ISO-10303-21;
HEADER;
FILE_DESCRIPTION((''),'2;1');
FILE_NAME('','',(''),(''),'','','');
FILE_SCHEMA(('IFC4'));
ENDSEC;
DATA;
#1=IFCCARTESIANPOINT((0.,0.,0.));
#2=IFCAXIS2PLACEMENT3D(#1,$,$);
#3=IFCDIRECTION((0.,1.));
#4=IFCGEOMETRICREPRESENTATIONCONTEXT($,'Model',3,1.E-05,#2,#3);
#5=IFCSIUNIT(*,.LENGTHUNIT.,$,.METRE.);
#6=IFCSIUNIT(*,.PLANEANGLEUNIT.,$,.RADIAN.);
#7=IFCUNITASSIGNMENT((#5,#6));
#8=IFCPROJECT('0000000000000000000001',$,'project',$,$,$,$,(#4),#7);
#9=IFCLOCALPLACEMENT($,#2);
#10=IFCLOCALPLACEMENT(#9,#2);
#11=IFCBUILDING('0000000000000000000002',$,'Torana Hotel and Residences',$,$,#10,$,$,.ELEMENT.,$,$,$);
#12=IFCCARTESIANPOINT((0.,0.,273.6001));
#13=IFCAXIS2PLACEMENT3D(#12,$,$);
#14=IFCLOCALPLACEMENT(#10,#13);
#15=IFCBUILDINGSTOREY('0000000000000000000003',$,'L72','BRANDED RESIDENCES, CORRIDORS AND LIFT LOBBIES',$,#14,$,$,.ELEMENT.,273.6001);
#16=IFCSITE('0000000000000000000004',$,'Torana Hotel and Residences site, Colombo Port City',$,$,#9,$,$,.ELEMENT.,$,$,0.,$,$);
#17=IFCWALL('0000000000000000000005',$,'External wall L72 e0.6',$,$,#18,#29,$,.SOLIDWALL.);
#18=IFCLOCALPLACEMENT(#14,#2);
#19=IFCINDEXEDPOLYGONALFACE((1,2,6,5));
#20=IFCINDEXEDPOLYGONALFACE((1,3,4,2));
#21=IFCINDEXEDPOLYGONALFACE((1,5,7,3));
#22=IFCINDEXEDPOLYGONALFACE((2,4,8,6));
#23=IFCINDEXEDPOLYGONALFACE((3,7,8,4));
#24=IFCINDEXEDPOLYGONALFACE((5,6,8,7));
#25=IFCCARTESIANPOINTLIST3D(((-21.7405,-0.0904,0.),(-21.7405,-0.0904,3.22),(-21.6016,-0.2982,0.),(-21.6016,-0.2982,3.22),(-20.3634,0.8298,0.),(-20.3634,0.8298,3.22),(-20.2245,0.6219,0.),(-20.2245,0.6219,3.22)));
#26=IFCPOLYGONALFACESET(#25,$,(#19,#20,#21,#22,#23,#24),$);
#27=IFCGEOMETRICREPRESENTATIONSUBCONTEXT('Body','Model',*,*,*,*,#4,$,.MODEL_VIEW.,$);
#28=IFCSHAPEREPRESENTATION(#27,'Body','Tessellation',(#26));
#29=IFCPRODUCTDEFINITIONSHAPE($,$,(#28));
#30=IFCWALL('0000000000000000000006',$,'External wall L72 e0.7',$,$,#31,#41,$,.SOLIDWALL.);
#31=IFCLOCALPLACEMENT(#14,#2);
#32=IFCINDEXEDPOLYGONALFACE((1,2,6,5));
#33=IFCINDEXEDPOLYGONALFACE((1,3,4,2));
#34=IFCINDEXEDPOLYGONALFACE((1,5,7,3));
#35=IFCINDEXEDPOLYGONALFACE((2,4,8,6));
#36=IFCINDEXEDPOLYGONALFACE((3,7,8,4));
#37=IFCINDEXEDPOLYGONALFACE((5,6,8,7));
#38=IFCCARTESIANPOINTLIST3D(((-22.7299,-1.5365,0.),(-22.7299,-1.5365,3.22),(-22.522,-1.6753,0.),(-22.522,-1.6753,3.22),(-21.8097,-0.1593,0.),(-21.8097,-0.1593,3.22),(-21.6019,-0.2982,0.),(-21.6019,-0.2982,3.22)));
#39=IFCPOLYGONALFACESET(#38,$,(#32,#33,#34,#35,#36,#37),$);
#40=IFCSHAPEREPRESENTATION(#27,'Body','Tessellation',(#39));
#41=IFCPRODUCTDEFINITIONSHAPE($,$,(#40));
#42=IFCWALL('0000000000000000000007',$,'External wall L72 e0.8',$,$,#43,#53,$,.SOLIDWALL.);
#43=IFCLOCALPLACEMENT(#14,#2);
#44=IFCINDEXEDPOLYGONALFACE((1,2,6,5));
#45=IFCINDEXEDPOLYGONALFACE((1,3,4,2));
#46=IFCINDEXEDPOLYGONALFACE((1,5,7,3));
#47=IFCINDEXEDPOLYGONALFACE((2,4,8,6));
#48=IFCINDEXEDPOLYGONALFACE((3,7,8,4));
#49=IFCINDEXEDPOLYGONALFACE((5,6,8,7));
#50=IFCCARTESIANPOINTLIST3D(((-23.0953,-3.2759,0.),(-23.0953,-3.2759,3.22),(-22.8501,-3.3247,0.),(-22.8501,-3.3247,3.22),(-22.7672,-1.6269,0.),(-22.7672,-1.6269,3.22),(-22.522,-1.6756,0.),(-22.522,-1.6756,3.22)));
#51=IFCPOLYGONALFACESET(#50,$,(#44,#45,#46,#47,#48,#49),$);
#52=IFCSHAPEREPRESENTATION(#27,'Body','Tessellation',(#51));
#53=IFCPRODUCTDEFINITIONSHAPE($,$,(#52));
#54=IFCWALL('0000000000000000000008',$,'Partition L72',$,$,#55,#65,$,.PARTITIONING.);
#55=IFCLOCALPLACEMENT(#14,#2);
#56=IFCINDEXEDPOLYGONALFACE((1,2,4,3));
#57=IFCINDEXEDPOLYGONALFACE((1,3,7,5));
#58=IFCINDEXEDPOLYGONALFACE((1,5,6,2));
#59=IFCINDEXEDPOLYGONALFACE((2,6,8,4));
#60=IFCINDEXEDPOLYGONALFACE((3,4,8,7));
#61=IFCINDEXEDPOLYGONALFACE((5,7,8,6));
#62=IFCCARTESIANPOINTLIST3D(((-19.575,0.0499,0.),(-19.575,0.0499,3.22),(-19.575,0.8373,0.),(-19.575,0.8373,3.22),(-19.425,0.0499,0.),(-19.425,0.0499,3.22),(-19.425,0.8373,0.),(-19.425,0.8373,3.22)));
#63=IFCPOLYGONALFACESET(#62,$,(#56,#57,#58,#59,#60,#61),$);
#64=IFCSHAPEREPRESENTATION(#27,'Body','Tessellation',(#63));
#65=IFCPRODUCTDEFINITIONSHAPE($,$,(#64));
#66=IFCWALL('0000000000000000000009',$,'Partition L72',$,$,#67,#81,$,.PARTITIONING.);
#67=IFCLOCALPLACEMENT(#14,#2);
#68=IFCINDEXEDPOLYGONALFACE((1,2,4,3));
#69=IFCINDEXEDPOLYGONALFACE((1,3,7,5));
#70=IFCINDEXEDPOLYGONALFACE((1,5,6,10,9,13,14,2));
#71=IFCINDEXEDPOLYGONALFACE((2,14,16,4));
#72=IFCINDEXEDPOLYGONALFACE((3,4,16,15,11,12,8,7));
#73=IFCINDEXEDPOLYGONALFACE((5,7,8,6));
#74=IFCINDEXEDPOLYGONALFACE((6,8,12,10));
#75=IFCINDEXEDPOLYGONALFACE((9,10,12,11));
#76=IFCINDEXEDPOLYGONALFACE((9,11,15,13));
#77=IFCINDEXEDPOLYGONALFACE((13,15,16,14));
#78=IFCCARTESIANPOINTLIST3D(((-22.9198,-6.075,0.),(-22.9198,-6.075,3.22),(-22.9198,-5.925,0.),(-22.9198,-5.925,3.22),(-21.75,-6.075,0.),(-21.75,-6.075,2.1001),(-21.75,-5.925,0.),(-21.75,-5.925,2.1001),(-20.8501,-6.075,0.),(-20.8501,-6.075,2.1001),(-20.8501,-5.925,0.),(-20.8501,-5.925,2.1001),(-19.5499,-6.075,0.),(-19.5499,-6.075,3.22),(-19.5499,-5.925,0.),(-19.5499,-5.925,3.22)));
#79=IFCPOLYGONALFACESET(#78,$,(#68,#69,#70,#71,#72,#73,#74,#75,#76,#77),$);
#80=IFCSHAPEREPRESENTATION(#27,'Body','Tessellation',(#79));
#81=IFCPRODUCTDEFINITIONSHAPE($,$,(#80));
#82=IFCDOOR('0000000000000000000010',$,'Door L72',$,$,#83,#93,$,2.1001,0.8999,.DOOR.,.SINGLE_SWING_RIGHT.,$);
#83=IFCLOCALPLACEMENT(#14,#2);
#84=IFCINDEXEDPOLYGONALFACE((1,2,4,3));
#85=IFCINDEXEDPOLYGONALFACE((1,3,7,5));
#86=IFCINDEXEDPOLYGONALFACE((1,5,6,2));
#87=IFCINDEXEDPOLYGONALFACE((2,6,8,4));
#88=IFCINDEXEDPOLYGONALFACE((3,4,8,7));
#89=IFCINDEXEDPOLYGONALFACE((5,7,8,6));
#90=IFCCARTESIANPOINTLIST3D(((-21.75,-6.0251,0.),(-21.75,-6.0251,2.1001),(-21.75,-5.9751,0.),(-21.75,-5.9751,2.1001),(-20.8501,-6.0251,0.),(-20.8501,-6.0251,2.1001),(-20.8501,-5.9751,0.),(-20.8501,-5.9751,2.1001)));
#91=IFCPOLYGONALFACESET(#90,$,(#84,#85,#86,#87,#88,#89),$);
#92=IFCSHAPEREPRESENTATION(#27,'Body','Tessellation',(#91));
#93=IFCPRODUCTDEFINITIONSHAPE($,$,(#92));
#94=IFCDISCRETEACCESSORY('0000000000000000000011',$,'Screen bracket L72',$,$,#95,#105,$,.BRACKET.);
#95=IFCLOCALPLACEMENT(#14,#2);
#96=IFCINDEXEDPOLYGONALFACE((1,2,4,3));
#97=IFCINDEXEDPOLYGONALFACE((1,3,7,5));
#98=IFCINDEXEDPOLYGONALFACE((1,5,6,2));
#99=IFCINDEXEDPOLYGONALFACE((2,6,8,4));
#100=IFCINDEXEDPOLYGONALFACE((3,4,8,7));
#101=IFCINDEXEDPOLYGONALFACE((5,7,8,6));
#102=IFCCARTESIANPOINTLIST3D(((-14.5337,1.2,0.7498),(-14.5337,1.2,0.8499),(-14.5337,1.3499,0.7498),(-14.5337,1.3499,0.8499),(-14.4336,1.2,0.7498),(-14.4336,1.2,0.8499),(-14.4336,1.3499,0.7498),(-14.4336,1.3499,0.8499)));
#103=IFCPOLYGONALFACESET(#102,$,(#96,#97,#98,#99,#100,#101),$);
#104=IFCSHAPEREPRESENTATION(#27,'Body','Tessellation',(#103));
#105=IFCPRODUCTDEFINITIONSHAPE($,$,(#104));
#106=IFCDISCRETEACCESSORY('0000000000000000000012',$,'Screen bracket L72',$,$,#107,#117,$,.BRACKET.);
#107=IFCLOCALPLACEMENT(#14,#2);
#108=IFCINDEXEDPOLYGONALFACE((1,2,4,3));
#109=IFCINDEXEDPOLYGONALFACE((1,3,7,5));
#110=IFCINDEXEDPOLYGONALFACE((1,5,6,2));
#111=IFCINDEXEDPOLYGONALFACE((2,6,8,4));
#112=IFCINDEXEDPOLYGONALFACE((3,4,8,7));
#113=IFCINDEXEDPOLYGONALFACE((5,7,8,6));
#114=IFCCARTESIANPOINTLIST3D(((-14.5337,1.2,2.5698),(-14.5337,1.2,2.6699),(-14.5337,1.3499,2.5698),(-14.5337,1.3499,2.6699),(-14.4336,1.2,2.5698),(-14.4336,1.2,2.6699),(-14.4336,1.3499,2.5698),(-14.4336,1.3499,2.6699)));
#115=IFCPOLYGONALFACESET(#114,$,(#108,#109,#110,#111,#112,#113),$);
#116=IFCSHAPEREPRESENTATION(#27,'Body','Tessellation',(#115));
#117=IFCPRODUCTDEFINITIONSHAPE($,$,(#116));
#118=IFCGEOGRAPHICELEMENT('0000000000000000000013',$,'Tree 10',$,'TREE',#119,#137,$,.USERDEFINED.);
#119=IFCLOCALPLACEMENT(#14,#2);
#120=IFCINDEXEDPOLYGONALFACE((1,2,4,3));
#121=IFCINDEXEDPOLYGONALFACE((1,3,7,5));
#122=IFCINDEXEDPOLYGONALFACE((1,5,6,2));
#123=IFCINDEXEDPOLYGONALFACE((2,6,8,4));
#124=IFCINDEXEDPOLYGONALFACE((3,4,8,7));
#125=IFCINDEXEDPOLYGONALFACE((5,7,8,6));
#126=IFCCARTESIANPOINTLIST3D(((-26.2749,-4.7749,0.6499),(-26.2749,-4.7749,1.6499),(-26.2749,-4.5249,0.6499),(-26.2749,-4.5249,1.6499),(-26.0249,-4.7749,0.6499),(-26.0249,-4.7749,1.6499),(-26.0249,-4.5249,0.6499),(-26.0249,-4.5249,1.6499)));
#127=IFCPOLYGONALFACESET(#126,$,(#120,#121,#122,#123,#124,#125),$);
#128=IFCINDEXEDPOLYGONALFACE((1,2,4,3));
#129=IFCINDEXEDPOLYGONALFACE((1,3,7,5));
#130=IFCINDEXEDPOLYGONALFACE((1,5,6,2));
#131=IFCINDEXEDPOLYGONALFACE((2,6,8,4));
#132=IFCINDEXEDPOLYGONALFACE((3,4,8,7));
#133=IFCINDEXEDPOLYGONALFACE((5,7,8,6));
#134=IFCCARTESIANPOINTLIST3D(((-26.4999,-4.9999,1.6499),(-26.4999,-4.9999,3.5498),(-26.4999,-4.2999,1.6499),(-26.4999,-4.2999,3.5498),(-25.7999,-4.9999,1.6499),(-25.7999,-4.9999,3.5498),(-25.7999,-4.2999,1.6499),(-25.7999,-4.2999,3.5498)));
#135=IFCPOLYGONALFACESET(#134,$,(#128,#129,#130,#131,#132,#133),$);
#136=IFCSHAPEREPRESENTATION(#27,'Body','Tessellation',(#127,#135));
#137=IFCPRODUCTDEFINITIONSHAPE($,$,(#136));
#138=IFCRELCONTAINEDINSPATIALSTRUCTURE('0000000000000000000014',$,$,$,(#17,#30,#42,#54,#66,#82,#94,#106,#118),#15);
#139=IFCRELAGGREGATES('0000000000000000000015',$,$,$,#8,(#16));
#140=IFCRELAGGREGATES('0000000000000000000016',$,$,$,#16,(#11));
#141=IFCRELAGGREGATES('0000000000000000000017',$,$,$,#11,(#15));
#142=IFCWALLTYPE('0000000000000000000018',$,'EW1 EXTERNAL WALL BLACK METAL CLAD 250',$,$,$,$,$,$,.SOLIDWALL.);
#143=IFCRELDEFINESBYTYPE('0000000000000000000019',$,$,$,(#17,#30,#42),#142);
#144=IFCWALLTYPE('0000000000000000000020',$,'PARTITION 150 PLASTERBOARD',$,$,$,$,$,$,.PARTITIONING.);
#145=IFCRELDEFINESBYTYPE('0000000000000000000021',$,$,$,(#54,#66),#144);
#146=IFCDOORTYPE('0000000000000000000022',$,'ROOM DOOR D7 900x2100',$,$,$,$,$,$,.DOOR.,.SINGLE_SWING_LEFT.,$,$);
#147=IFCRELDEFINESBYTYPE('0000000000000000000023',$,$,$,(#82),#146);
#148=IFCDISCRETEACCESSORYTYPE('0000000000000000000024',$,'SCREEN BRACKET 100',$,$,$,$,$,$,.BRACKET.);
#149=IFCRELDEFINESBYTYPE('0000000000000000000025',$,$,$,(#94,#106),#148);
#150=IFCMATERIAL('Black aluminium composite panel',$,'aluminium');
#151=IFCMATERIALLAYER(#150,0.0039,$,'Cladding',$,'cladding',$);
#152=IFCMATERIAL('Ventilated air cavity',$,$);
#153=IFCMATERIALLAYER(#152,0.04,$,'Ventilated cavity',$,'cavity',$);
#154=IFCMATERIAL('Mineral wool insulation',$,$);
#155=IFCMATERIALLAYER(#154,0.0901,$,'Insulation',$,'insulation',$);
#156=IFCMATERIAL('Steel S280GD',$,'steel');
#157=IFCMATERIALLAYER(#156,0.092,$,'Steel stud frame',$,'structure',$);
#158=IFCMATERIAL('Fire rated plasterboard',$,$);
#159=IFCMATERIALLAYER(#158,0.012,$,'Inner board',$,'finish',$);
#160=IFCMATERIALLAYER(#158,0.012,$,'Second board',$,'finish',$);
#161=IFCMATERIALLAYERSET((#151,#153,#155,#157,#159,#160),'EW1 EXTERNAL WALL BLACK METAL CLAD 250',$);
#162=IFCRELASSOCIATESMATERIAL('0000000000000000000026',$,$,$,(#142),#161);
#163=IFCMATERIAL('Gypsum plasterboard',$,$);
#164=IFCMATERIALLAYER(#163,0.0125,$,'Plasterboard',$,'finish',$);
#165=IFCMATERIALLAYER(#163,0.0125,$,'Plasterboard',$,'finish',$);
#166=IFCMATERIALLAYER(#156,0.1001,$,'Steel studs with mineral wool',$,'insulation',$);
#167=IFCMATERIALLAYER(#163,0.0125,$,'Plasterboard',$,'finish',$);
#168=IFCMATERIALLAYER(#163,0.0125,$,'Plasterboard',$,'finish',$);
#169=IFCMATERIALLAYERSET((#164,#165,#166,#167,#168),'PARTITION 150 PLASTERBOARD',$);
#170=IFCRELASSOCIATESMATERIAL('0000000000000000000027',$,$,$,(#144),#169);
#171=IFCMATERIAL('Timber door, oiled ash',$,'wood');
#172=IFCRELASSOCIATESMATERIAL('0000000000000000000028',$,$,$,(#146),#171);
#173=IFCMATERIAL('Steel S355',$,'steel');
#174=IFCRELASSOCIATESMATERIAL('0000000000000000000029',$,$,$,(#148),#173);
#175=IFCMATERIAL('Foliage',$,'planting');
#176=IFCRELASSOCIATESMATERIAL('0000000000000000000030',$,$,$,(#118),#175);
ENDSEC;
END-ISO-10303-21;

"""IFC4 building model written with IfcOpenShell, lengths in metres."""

from ifc_helpers import new_model, si_unit, direction, frame, frame_2d, origin, origin_2d, place, context, subcontext, project, spatial, rectangle, extrude, material, layer, layer_set, type_object, element, fill, save


model = new_model("IFC4")

# Units and contexts
model_context = context("Model", 3, precision=1e-05, world=origin(), true_north=direction((0.0, 1.0)))
body_context = subcontext(model_context, "Body", "Model", "MODEL_VIEW")
ifc_project = project(units=[si_unit("LENGTHUNIT", "METRE"), si_unit("PLANEANGLEUNIT", "RADIAN")], contexts=[model_context])

# Site, building, storey
site_placement = place(None, origin())
site = spatial("IfcSite", under=ifc_project, at=site_placement, Name="Torana Hotel and Residences site, Colombo Port City", CompositionType="ELEMENT", RefElevation=0.0)
building_placement = place(site_placement, origin())
building = spatial("IfcBuilding", under=site, at=building_placement, Name="Torana Hotel and Residences", CompositionType="ELEMENT")
storey_placement = place(building_placement, frame((0.0, 0.0, 273.6001)))
storey = spatial("IfcBuildingStorey", under=building, at=storey_placement, Name="L72", Description="BRANDED RESIDENCES, CORRIDORS AND LIFT LOBBIES", CompositionType="ELEMENT", Elevation=273.6001)

# Walls
ifc_material_1 = material(Name="Black aluminium composite panel", Category="aluminium")
ifc_layer_1 = layer(ifc_material_1, 0.0039, Name="Cladding", Category="cladding")
ifc_material_2 = material(Name="Ventilated air cavity")
ifc_layer_2 = layer(ifc_material_2, 0.04, Name="Ventilated cavity", Category="cavity")
ifc_material_3 = material(Name="Mineral wool insulation")
ifc_layer_3 = layer(ifc_material_3, 0.0901, Name="Insulation", Category="insulation")
ifc_material_4 = material(Name="Steel S280GD", Category="steel")
ifc_layer_4 = layer(ifc_material_4, 0.092, Name="Steel stud frame", Category="structure")
ifc_material_5 = material(Name="Fire rated plasterboard")
ifc_layer_5 = layer(ifc_material_5, 0.012, Name="Inner board", Category="finish")
ifc_layer_6 = layer(ifc_material_5, 0.012, Name="Second board", Category="finish")
ifc_layer_set_1 = layer_set([ifc_layer_1, ifc_layer_2, ifc_layer_3, ifc_layer_4, ifc_layer_5, ifc_layer_6], Name="EW1 EXTERNAL WALL BLACK METAL CLAD 250")
wall_type_1 = type_object("IfcWallType", Name="EW1 EXTERNAL WALL BLACK METAL CLAD 250", PredefinedType="SOLIDWALL", material=ifc_layer_set_1)
for number, where, z_axis, x_axis, name in (
    (1, (-20.2939, 0.7258, 0.0), (0.0, 0.0, 1.0), (-0.831483, -0.55555, 0.0), "External wall L72 e0.6"),
    (2, (-21.7058, -0.2288, 0.0), (0.0, 0.0, 1.0), (-0.55555, -0.831483, 0.0), "External wall L72 e0.7"),
):
    element("IfcWall", number, at=place(storey_placement, frame(where, z_axis=z_axis, x_axis=x_axis)), inside=storey, type_object=wall_type_1, Name=name, PredefinedType="SOLIDWALL", context=body_context, shape_type="SweptSolid", body=[
        extrude(rectangle(XDim=1.6562, YDim=0.25, at=frame_2d((0.8281, 0.0))), origin(), (0.0, 0.0, 1.0), 3.22),
    ])
wall_1_placement = place(storey_placement, frame((-22.6445, -1.6511, 0.0), z_axis=(0.0, 0.0, 1.0), x_axis=(-0.195139, -0.980776, 0.0)))
element("IfcWall", 3, at=wall_1_placement, inside=storey, type_object=wall_type_1, Name="External wall L72 e0.8", PredefinedType="SOLIDWALL", context=body_context, shape_type="SweptSolid", body=[
    extrude(rectangle(XDim=1.6814, YDim=0.25, at=frame_2d((0.8408, 0.0))), origin(), (0.0, 0.0, 1.0), 3.22),
])

# Wall
ifc_material_6 = material(Name="Gypsum plasterboard")
ifc_layer_7 = layer(ifc_material_6, 0.0125, Name="Plasterboard", Category="finish")
ifc_layer_8 = layer(ifc_material_6, 0.0125, Name="Plasterboard", Category="finish")
ifc_layer_9 = layer(ifc_material_4, 0.1001, Name="Steel studs with mineral wool", Category="insulation")
ifc_layer_10 = layer(ifc_material_6, 0.0125, Name="Plasterboard", Category="finish")
ifc_layer_11 = layer(ifc_material_6, 0.0125, Name="Plasterboard", Category="finish")
ifc_layer_set_2 = layer_set([ifc_layer_7, ifc_layer_8, ifc_layer_9, ifc_layer_10, ifc_layer_11], Name="PARTITION 150 PLASTERBOARD")
wall_type_2 = type_object("IfcWallType", Name="PARTITION 150 PLASTERBOARD", PredefinedType="PARTITIONING", material=ifc_layer_set_2)
wall_2_placement = place(storey_placement, frame((-19.5, 0.05, 0.0), z_axis=(0.0, 0.0, 1.0), x_axis=(0.0, 1.0, 0.0)))
element("IfcWall", 4, at=wall_2_placement, inside=storey, type_object=wall_type_2, Name="Partition L72", PredefinedType="PARTITIONING", context=body_context, shape_type="SweptSolid", body=[
    extrude(rectangle(XDim=0.7874, YDim=0.1499, at=frame_2d((0.3936, 0.0))), origin(), (0.0, 0.0, 1.0), 3.22),
])

# Wall, opening, door
wall_3_placement = place(storey_placement, frame((-22.9199, -6.0, 0.0), z_axis=(0.0, 0.0, 1.0), x_axis=(1.0, 0.0, 0.0)))
wall_3 = element("IfcWall", 5, at=wall_3_placement, inside=storey, type_object=wall_type_2, Name="Partition L72", PredefinedType="PARTITIONING", context=body_context, shape_type="SweptSolid", body=[
    extrude(rectangle(XDim=3.3699, YDim=0.1499, at=frame_2d((1.6851, 0.0))), origin(), (0.0, 0.0, 1.0), 3.22),
])
opening_1_placement = place(wall_3_placement, frame((1.1699, 0.0, 0.0)))
opening_1 = element("IfcOpeningElement", 6, at=opening_1_placement, cuts=wall_3, PredefinedType="OPENING", context=body_context, shape_type="SweptSolid", body=[
    extrude(rectangle(XDim=0.8999, YDim=2.1001, at=frame_2d((0.45, 1.05))), frame((0.0, 0.085, 0.0), z_axis=(0.0, -1.0, 0.0), x_axis=(1.0, 0.0, 0.0)), (0.0, 0.0, 1.0), 0.1699),
])
ifc_material_7 = material(Name="Timber door, oiled ash", Category="wood")
door_type_1 = type_object("IfcDoorType", Name="ROOM DOOR D7 900x2100", OperationType="SINGLE_SWING_LEFT", PredefinedType="DOOR", material=ifc_material_7)
door_1_placement = place(opening_1_placement, origin())
door_1 = element("IfcDoor", 7, at=door_1_placement, inside=storey, type_object=door_type_1, Name="Door L72", OperationType="SINGLE_SWING_RIGHT", OverallHeight=2.1001, OverallWidth=0.8999, PredefinedType="DOOR", context=body_context, shape_type="SweptSolid", body=[
    extrude(rectangle(XDim=0.8999, YDim=2.1001, at=frame_2d((0.45, 1.05))), frame((0.0, 0.0249, 0.0), z_axis=(0.0, -1.0, 0.0), x_axis=(1.0, 0.0, 0.0)), (0.0, 0.0, 1.0), 0.05),
])
fill(opening_1, door_1)

# Discrete accessories
ifc_material_8 = material(Name="Steel S355", Category="steel")
discrete_accessory_type = type_object("IfcDiscreteAccessoryType", Name="SCREEN BRACKET 100", PredefinedType="BRACKET", material=ifc_material_8)
for number, where, z_axis, x_axis, name in (
    (8, (-14.4836, 1.2749, 0.7498), (0.0, 0.0, 1.0), (-1.0, 0.0, 0.0), "Screen bracket L72"),
    (9, (-14.4836, 1.2749, 2.5698), (0.0, 0.0, 1.0), (-1.0, 0.0, 0.0), "Screen bracket L72"),
):
    element("IfcDiscreteAccessory", number, at=place(storey_placement, frame(where, z_axis=z_axis, x_axis=x_axis)), inside=storey, type_object=discrete_accessory_type, Name=name, PredefinedType="BRACKET", context=body_context, shape_type="SweptSolid", body=[
        extrude(rectangle(XDim=0.1001, YDim=0.1499, at=origin_2d()), origin(), (0.0, 0.0, 1.0), 0.1001),
    ])

# Geographic element
ifc_material_9 = material(Name="Foliage", Category="planting")
geographic_element_placement = place(storey_placement, frame((-26.1499, -4.6499, 0.6499), z_axis=(0.0, 0.0, 1.0), x_axis=(1.0, 0.0, 0.0)))
element("IfcGeographicElement", 10, at=geographic_element_placement, inside=storey, material=ifc_material_9, Name="Tree 10", ObjectType="TREE", PredefinedType="USERDEFINED", context=body_context, shape_type="SweptSolid", body=[
    extrude(rectangle(XDim=0.25, YDim=0.25, at=origin_2d()), origin(), (0.0, 0.0, 1.0), 1.0),
    extrude(rectangle(XDim=0.7, YDim=0.7, at=origin_2d()), frame((0.0, 0.0, 1.0)), (0.0, 0.0, 1.0), 1.8999),
])

save(model, "model.ifc")
